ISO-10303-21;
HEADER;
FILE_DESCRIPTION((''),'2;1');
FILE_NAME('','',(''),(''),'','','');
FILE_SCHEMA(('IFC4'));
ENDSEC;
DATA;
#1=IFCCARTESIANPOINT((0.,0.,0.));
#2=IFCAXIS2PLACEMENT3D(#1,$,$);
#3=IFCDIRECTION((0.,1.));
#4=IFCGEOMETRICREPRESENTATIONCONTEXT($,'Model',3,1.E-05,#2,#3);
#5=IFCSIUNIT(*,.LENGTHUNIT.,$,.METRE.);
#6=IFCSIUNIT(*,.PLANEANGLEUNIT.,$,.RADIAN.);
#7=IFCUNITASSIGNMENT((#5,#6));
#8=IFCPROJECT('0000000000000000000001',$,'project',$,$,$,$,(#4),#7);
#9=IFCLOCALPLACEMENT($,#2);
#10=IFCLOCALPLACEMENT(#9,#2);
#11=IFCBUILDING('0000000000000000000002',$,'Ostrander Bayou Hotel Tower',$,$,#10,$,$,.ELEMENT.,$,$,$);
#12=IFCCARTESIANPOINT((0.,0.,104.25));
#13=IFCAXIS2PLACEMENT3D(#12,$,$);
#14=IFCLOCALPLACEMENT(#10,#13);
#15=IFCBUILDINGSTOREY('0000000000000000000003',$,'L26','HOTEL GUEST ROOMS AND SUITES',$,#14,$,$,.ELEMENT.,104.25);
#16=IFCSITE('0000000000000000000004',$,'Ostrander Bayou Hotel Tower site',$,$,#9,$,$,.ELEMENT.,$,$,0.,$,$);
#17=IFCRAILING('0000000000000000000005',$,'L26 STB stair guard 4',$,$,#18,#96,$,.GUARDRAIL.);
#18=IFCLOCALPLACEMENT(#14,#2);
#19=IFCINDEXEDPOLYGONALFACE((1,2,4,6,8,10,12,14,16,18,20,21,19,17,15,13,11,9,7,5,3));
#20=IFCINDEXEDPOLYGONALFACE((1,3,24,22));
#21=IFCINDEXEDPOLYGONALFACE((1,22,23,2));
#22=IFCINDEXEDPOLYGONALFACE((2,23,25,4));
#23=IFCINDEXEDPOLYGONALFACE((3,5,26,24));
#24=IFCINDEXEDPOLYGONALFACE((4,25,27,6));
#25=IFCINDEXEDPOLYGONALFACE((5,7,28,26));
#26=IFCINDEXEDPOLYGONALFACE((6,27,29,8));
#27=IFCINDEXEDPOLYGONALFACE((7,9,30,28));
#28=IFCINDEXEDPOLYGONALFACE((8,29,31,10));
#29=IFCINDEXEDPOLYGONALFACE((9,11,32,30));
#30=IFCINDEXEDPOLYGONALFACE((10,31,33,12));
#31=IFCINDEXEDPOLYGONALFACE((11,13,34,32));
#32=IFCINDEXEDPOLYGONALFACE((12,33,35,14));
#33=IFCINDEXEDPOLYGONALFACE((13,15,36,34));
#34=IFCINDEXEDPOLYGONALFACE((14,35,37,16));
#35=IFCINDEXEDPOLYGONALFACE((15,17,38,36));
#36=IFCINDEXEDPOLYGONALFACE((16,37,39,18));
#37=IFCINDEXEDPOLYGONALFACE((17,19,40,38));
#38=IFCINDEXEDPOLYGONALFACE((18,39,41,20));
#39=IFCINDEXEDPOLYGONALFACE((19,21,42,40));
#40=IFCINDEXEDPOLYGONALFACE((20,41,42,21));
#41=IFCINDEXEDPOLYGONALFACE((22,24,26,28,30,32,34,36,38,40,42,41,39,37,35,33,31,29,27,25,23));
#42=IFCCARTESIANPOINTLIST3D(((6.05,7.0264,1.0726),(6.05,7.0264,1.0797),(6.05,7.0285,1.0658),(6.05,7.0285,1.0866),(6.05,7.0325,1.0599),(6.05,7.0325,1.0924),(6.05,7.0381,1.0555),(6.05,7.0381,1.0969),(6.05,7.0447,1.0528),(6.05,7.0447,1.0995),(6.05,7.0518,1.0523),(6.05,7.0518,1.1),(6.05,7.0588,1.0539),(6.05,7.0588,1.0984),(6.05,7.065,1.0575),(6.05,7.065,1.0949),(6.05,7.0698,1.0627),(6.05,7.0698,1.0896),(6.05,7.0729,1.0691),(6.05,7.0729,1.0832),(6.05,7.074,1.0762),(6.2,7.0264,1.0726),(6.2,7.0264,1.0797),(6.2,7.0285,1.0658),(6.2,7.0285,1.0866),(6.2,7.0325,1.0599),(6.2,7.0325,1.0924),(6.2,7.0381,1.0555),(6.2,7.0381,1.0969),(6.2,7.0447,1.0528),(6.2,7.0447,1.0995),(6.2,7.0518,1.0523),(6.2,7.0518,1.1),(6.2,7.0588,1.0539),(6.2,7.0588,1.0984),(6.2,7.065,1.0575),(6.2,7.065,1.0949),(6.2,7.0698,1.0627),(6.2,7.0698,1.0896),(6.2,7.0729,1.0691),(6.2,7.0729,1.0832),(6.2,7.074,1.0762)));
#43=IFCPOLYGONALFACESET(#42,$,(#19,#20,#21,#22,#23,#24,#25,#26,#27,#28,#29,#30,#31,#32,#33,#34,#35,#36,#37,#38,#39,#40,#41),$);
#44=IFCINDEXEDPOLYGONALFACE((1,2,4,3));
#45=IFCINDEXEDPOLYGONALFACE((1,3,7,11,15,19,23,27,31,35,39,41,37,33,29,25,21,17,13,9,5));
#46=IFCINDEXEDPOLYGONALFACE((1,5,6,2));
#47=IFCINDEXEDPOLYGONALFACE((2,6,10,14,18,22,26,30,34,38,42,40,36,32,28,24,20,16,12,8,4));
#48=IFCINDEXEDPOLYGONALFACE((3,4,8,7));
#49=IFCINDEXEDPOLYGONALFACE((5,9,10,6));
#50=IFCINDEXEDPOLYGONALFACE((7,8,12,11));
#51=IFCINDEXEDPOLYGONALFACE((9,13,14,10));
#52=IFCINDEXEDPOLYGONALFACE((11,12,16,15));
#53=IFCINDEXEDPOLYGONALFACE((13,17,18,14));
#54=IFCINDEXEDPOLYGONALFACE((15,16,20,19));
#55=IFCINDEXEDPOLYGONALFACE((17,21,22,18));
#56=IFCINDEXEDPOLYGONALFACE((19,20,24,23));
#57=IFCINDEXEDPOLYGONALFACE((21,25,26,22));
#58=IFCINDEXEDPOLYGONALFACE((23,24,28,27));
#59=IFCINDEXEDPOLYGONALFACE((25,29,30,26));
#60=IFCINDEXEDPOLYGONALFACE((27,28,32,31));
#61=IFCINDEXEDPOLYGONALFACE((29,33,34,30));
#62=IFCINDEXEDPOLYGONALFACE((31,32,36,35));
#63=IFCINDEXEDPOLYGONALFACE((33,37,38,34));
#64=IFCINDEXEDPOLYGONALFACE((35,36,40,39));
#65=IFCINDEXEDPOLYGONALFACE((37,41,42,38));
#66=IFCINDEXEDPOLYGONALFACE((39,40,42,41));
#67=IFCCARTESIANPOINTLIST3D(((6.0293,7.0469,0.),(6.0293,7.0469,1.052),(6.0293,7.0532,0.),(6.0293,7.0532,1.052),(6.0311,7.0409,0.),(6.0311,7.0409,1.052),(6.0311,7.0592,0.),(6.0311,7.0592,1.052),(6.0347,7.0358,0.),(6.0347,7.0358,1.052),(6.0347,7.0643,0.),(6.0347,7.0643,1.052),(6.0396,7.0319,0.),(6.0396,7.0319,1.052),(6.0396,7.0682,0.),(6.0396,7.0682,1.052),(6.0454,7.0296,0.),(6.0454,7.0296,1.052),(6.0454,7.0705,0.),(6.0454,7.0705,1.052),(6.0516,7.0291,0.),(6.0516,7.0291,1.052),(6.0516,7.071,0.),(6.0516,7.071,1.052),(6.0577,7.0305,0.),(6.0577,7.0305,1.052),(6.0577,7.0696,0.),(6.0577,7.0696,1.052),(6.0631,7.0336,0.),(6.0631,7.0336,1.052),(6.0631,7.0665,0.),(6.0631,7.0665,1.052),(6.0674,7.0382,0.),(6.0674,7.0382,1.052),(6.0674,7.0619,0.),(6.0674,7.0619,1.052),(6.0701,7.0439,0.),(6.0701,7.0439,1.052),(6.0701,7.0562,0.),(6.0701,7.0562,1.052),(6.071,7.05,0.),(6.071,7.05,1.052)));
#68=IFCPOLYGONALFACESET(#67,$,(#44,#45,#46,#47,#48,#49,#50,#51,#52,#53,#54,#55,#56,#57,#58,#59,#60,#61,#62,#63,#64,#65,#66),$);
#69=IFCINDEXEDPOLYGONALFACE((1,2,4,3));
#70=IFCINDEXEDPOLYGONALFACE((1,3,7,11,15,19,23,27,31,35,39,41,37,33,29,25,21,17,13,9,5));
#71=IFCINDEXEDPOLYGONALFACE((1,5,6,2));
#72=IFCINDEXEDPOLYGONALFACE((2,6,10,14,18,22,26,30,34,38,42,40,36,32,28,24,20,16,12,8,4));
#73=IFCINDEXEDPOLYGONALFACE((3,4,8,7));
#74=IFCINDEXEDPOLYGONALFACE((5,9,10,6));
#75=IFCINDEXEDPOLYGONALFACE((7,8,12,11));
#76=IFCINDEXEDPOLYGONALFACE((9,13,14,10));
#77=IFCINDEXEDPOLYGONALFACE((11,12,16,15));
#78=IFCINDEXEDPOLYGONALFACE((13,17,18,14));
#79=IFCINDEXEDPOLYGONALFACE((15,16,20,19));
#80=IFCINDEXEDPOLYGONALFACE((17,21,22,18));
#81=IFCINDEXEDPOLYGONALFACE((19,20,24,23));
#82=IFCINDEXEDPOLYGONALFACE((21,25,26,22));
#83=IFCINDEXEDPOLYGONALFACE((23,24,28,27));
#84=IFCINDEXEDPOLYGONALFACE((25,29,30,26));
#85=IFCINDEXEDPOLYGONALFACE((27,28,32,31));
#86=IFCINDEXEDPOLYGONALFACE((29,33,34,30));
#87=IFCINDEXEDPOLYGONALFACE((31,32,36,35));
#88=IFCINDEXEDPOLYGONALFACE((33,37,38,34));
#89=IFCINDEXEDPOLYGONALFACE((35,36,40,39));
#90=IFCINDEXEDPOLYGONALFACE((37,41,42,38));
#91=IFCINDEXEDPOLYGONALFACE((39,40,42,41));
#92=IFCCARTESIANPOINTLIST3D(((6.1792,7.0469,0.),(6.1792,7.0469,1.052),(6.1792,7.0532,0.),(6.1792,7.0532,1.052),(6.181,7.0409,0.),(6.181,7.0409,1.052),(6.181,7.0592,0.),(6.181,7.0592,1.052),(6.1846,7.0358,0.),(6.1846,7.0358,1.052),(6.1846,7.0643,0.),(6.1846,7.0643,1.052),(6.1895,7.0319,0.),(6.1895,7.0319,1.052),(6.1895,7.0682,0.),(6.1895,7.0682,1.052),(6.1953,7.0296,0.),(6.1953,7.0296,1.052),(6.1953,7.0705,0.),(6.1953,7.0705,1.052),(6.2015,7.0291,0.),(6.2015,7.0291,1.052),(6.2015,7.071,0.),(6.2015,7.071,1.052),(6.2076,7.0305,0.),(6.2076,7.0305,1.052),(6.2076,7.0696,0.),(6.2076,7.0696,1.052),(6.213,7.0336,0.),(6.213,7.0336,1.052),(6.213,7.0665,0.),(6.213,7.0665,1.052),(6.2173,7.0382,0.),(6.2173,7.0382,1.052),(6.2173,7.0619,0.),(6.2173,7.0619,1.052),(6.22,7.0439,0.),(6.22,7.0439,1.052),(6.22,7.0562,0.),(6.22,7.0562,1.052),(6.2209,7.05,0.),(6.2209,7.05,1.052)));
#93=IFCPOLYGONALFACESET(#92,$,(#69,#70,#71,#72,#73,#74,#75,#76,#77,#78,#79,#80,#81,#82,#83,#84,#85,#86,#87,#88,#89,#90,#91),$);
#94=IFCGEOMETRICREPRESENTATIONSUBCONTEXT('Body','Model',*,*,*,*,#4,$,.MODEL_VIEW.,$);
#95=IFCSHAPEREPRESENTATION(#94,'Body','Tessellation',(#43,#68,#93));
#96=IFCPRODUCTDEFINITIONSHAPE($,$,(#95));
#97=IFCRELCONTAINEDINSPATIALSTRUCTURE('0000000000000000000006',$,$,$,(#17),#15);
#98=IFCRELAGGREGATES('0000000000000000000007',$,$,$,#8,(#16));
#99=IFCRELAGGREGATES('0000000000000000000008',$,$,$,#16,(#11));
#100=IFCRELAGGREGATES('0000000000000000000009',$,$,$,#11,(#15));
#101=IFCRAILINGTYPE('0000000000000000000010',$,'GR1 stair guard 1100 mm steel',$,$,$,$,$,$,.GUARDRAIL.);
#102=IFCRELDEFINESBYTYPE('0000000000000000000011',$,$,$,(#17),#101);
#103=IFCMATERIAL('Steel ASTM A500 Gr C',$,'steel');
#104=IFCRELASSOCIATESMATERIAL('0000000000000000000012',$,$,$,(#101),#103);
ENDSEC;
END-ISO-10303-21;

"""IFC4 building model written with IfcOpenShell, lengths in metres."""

from ifc_helpers import new_model, si_unit, direction, frame, origin, origin_2d, place, context, subcontext, project, spatial, circle, extrude, material, type_object, element, save


model = new_model("IFC4")

# Units and contexts
model_context = context("Model", 3, precision=1e-05, world=origin(), true_north=direction((0.0, 1.0)))
body_context = subcontext(model_context, "Body", "Model", "MODEL_VIEW")
ifc_project = project(units=[si_unit("LENGTHUNIT", "METRE"), si_unit("PLANEANGLEUNIT", "RADIAN")], contexts=[model_context])

# Site, building, storey
site_placement = place(None, origin())
site = spatial("IfcSite", under=ifc_project, at=site_placement, Name="Ostrander Bayou Hotel Tower site", CompositionType="ELEMENT", RefElevation=0.0)
building_placement = place(site_placement, origin())
building = spatial("IfcBuilding", under=site, at=building_placement, Name="Ostrander Bayou Hotel Tower", CompositionType="ELEMENT")
storey_placement = place(building_placement, frame((0.0, 0.0, 104.25)))
storey = spatial("IfcBuildingStorey", under=building, at=storey_placement, Name="L26", Description="HOTEL GUEST ROOMS AND SUITES", CompositionType="ELEMENT", Elevation=104.25)

# Railing
ifc_material_1 = material(Name="Steel ASTM A500 Gr C", Category="steel")
railing_type_1 = type_object("IfcRailingType", Name="GR1 stair guard 1100 mm steel", PredefinedType="GUARDRAIL", material=ifc_material_1)
railing_1_placement = place(storey_placement, frame((6.05, 7.05, 0.0)))
element("IfcRailing", 1, at=railing_1_placement, inside=storey, type_object=railing_type_1, Name="L26 STB stair guard 4", PredefinedType="GUARDRAIL", context=body_context, shape_type="SweptSolid", body=[
    extrude(circle(Radius=0.0239, at=origin_2d()), frame((0.0, 0.0, 1.0762), z_axis=(1.0, 0.0, 0.0), x_axis=(0.0, 1.0, 0.0)), (0.0, 0.0, 1.0), 0.1499),
    extrude(circle(Radius=0.021, at=origin_2d()), origin(), (0.0, 0.0, 1.0), 1.052),
    extrude(circle(Radius=0.021, at=origin_2d()), frame((0.1499, 0.0, 0.0)), (0.0, 0.0, 1.0), 1.052),
])

save(model, "model.ifc")
